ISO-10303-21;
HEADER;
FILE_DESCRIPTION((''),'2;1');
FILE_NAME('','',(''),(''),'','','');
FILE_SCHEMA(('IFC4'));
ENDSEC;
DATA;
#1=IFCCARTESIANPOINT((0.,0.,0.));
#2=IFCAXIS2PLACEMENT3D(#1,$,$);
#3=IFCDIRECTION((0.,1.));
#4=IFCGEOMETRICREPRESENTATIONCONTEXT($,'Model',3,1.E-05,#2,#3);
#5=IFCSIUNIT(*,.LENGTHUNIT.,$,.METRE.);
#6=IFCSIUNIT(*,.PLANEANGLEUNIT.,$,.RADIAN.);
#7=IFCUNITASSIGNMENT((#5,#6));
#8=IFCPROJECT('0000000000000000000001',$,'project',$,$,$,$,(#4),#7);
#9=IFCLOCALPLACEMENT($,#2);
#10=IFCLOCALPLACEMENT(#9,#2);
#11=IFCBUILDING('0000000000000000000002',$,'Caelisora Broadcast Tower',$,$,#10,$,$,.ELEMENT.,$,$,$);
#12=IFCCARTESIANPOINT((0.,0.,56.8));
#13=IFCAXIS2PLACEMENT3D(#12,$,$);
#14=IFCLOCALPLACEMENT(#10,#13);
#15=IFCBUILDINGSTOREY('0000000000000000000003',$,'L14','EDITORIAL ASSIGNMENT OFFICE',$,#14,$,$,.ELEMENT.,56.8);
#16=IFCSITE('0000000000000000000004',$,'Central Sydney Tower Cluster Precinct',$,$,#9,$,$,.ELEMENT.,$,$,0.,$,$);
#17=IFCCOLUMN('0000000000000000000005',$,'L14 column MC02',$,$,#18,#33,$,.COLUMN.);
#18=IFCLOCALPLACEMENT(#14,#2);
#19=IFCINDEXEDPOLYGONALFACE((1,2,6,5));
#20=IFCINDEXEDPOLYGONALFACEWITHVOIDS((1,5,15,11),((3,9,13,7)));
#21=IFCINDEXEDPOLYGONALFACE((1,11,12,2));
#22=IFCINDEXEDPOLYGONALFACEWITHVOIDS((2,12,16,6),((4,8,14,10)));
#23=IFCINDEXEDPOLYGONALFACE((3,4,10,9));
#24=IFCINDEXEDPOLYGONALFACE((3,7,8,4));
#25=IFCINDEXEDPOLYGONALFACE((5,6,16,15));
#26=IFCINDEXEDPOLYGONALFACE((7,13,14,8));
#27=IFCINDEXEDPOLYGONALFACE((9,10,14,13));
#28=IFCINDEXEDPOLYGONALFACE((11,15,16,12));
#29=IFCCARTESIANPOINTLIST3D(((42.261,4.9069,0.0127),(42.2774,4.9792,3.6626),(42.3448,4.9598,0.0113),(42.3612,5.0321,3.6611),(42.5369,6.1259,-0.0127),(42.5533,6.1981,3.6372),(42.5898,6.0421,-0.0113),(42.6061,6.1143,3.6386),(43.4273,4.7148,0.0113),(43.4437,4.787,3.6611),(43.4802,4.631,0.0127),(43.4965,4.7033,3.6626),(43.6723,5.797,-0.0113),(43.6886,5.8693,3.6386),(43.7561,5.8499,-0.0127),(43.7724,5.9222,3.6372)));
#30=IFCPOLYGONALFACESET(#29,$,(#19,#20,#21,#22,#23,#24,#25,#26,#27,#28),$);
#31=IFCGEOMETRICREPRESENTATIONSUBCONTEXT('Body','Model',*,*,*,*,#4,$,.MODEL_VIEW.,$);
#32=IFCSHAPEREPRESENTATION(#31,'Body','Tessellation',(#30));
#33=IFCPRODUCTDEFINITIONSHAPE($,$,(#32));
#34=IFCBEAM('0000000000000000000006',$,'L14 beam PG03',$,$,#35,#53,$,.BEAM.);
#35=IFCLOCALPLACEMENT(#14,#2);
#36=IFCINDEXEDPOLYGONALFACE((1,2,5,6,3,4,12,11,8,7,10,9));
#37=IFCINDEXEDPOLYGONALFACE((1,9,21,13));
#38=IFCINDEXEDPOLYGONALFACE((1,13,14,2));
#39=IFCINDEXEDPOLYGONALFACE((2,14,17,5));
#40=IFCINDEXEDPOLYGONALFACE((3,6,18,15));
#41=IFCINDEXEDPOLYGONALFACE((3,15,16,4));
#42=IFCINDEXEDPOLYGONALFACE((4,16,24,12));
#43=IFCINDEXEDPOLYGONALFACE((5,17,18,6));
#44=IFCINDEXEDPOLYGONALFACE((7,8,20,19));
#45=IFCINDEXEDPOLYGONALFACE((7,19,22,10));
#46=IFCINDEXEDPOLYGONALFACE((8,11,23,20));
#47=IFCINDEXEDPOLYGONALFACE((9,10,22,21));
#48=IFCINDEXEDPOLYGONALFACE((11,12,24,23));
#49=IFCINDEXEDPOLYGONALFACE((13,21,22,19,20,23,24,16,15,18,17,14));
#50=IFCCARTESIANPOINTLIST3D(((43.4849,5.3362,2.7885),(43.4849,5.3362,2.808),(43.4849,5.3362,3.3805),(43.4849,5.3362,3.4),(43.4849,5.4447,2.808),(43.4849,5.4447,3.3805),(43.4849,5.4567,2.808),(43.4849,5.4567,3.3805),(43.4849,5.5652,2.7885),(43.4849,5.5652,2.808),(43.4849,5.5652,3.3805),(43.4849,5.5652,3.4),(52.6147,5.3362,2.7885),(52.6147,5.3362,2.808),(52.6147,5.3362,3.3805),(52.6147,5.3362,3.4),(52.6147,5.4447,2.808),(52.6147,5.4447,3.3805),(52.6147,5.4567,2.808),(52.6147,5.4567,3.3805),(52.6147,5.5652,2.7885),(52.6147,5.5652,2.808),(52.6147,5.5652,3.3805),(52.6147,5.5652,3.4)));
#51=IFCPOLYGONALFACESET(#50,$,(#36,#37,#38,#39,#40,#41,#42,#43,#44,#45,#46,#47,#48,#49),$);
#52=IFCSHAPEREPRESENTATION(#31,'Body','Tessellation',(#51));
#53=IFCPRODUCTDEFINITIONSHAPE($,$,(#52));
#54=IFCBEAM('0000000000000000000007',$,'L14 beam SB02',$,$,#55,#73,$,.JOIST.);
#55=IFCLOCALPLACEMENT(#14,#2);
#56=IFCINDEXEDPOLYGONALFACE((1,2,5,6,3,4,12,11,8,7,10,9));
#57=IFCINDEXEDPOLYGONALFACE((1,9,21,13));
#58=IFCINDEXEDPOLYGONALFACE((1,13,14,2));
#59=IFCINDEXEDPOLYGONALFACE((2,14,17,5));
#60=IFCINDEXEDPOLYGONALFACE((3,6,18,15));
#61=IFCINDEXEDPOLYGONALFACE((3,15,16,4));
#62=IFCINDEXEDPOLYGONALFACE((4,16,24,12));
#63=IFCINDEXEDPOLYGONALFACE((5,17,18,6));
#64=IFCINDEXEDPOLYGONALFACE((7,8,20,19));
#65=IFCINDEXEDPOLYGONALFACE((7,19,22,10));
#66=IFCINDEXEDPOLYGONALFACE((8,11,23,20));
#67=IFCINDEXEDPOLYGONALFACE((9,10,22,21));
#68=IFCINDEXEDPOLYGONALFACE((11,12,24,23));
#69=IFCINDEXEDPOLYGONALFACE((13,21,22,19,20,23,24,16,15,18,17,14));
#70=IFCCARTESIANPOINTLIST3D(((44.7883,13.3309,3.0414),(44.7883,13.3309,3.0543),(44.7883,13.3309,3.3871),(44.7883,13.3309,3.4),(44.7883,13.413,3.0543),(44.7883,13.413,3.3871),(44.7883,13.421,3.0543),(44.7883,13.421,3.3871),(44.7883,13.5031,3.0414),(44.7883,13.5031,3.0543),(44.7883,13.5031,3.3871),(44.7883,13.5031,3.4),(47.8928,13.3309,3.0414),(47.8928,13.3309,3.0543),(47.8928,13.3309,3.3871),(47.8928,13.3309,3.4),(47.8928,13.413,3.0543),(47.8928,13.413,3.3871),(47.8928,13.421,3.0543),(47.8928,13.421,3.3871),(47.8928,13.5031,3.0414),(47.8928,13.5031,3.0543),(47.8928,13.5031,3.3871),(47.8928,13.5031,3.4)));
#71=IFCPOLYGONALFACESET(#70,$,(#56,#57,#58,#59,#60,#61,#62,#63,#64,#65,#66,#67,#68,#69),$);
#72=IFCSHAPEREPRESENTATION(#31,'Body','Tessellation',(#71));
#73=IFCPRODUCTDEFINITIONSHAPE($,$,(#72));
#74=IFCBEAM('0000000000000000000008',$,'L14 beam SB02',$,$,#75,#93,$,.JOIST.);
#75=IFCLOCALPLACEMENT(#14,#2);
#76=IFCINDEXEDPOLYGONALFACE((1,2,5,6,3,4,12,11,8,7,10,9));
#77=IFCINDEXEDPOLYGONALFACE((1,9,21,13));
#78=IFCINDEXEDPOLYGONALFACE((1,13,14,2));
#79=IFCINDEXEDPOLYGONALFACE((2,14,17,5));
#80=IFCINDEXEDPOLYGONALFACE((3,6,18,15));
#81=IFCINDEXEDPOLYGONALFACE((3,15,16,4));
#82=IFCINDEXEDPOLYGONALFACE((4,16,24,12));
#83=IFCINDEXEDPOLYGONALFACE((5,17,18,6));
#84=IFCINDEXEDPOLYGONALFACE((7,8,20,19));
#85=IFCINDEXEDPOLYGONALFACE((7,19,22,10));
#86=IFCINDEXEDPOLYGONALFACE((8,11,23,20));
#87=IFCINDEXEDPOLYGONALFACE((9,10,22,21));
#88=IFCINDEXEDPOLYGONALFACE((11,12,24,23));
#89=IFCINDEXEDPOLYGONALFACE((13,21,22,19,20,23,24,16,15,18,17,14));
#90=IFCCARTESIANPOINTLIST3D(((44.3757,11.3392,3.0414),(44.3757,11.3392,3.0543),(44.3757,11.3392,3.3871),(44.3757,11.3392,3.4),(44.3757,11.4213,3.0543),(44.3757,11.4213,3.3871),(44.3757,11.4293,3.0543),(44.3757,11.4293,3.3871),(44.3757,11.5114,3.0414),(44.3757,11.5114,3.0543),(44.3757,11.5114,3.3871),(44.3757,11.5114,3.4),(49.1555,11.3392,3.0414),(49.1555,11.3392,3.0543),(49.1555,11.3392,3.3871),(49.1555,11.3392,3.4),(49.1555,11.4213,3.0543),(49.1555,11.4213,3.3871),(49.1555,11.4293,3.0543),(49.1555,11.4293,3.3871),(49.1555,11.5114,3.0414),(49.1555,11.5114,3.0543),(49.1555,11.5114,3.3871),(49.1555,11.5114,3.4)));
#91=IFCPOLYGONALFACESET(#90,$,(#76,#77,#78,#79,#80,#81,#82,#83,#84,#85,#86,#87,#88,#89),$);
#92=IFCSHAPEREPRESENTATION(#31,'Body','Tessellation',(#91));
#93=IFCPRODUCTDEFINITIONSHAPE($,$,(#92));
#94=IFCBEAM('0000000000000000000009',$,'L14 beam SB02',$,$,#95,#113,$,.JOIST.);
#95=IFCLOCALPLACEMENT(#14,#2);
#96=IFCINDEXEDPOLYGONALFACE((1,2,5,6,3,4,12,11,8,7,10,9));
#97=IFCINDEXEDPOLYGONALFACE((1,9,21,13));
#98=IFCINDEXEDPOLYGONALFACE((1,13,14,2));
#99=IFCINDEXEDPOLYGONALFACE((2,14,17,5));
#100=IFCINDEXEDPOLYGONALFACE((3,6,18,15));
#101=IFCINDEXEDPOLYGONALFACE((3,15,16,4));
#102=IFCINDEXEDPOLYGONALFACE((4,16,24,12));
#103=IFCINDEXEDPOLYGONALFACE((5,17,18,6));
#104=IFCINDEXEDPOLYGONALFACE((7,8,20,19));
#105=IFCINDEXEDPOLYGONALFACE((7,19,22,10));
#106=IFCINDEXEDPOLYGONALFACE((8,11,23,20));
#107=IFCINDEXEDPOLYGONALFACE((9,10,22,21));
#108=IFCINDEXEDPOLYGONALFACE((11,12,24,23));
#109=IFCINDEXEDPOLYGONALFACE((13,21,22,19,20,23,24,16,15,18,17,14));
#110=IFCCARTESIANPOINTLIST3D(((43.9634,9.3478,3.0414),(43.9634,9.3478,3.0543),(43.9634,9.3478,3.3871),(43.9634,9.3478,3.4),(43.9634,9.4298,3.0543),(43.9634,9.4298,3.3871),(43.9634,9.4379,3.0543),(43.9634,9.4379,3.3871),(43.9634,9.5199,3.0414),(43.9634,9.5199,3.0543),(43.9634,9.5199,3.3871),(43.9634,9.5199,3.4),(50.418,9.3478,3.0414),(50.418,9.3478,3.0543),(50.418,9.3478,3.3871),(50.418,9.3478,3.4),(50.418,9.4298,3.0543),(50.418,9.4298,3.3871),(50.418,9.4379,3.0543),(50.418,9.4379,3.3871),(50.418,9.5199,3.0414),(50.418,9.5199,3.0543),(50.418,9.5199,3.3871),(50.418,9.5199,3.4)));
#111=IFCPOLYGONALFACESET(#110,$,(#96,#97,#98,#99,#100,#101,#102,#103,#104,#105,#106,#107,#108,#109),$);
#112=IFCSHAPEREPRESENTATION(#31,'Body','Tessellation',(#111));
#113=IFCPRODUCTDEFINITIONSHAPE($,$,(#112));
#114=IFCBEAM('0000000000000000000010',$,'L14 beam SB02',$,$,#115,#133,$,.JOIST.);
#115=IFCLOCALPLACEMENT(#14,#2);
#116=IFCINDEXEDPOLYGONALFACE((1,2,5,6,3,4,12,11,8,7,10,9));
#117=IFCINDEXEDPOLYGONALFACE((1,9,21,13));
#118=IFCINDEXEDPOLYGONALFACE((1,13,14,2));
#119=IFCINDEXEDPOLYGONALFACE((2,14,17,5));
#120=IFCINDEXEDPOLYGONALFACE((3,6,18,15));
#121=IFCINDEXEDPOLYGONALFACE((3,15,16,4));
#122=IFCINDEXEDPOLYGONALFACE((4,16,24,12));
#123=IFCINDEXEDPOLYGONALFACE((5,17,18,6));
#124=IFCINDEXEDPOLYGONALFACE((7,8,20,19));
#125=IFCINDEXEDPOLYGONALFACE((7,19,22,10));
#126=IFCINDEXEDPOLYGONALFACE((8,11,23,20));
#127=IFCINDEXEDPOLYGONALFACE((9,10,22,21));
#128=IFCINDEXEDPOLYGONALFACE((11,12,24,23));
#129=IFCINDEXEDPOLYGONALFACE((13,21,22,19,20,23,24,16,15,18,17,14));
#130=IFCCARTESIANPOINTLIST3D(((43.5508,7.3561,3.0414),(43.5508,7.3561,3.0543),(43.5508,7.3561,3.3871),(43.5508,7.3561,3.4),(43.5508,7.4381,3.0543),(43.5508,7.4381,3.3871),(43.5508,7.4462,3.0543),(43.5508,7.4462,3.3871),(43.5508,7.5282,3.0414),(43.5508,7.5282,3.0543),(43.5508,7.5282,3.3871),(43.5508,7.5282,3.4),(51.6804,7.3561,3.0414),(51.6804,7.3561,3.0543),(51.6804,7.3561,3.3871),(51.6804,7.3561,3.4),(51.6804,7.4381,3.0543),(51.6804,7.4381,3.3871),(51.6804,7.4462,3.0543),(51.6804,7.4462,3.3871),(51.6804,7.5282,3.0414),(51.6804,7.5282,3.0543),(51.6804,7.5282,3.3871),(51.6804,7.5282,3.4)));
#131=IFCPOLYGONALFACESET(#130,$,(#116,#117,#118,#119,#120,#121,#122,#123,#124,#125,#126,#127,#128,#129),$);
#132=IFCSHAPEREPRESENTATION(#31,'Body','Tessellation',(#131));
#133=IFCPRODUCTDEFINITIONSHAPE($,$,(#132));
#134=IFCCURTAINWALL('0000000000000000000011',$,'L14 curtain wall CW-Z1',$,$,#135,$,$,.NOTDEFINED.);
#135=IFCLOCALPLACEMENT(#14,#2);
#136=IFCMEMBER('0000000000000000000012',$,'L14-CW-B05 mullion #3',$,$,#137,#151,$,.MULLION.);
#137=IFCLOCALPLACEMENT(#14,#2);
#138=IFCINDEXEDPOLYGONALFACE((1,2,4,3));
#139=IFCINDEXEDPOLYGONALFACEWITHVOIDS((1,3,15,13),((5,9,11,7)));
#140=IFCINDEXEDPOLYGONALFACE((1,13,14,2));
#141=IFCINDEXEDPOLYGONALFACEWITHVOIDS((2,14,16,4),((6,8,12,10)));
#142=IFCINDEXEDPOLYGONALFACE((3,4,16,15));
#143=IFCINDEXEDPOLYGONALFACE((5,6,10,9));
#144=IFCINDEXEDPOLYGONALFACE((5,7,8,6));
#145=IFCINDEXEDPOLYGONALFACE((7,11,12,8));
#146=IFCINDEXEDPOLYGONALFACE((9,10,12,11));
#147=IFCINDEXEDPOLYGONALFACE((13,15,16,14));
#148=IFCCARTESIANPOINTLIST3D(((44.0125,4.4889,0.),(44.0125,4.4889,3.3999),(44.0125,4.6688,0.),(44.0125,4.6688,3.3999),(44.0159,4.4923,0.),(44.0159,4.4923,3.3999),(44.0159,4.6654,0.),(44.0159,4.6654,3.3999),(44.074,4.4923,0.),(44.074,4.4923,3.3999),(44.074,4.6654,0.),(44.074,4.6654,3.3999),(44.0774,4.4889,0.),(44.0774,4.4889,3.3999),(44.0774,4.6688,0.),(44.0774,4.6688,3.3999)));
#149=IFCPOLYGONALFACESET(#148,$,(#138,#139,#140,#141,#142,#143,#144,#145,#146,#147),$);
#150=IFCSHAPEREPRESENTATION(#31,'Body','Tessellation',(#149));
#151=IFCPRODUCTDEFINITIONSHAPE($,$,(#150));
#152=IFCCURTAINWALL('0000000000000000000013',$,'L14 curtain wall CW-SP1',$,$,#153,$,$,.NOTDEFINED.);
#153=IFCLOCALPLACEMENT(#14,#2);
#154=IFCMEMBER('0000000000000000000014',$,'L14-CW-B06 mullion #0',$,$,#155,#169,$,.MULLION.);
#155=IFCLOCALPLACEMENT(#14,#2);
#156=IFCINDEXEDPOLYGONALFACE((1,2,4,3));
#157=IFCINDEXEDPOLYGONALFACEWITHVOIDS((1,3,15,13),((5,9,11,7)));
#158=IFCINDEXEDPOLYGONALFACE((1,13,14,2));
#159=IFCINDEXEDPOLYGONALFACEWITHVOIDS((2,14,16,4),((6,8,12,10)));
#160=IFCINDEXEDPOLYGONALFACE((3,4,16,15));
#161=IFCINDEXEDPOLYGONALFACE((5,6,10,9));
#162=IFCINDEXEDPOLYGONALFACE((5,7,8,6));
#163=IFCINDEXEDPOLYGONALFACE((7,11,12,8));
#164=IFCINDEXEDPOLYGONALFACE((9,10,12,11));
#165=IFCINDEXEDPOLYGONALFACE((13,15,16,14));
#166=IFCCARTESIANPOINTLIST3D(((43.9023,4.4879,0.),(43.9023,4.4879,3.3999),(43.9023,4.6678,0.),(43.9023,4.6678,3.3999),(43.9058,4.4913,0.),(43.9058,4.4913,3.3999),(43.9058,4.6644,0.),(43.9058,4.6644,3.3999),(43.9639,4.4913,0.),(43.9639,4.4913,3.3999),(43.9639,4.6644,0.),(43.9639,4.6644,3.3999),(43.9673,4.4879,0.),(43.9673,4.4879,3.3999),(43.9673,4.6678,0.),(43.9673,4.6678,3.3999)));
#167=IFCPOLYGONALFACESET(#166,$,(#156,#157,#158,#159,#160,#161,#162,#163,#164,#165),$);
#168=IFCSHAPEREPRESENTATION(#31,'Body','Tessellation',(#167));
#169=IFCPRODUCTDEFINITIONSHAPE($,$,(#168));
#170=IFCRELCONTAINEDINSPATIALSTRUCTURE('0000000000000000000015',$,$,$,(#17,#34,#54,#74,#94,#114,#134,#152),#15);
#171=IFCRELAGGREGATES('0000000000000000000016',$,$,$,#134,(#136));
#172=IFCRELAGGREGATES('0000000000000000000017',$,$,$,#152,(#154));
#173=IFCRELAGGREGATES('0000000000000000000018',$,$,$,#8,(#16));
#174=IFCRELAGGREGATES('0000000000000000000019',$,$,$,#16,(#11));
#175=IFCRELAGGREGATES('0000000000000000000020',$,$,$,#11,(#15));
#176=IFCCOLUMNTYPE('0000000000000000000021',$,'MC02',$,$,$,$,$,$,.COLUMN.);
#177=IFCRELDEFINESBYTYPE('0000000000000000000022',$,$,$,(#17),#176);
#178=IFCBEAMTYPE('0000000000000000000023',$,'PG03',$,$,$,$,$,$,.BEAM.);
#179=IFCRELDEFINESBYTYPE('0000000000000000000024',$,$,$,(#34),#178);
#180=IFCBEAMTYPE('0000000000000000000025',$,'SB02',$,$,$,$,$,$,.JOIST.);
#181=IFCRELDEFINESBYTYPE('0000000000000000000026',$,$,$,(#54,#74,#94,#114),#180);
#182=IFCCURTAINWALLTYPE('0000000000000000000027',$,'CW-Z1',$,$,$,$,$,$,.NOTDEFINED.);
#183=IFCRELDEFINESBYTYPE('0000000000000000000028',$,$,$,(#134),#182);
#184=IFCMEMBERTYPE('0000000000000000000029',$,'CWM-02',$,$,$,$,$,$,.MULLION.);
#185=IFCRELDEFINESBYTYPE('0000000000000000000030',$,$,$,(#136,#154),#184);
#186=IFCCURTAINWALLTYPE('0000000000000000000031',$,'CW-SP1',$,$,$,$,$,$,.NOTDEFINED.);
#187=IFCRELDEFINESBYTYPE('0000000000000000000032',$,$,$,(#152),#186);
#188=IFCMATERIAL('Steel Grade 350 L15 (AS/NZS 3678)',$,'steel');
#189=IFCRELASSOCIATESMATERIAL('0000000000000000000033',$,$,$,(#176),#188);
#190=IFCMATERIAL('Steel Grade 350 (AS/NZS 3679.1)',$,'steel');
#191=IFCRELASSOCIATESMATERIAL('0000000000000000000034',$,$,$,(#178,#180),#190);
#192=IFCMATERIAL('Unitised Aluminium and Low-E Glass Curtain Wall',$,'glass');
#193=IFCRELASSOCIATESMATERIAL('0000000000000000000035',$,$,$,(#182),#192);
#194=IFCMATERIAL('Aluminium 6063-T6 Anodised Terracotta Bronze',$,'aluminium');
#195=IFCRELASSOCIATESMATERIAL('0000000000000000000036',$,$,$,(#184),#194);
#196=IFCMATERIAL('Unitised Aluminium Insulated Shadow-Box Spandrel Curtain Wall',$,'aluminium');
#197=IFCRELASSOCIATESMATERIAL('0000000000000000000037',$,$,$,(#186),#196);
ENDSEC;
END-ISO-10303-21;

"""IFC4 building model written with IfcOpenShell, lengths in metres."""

from ifc_helpers import new_model, si_unit, direction, frame, origin, origin_2d, place, context, subcontext, project, spatial, hollow_rectangle, i_section, extrude, source, transform, mapped, material, material_profile, profile_set, type_object, type_shapes, element, aggregate, save


model = new_model("IFC4")

# Units and contexts
model_context = context("Model", 3, precision=1e-05, world=origin(), true_north=direction((0.0, 1.0)))
body_context = subcontext(model_context, "Body", "Model", "MODEL_VIEW")
ifc_project = project(units=[si_unit("LENGTHUNIT", "METRE"), si_unit("PLANEANGLEUNIT", "RADIAN")], contexts=[model_context])

# Site, building, storey
site_placement = place(None, origin())
site = spatial("IfcSite", under=ifc_project, at=site_placement, Name="Central Sydney Tower Cluster Precinct", CompositionType="ELEMENT", RefElevation=0.0)
building_placement = place(site_placement, origin())
building = spatial("IfcBuilding", under=site, at=building_placement, Name="Caelisora Broadcast Tower", CompositionType="ELEMENT")
storey_placement = place(building_placement, frame((0.0, 0.0, 56.8)))
storey = spatial("IfcBuildingStorey", under=building, at=storey_placement, Name="L14", Description="EDITORIAL ASSIGNMENT OFFICE", CompositionType="ELEMENT", Elevation=56.8)

# Column
ifc_material_1 = material(Name="Steel Grade 350 L15 (AS/NZS 3678)", Category="steel")
ifc_material_profile_1 = material_profile(ifc_material_1, hollow_rectangle(XDim=1.25, YDim=1.25, WallThickness=0.0701, at=origin_2d()), Name="Steel Grade 350 L15 (AS/NZS 3678)")
ifc_profile_set_1 = profile_set([ifc_material_profile_1], Name="Steel Grade 350 L15 (AS/NZS 3678)")
column_type = type_object("IfcColumnType", Name="MC02", PredefinedType="COLUMN", material=ifc_profile_set_1)
shared_shape_1 = source(origin(), body_context, "Body", "SweptSolid", [
    extrude(hollow_rectangle(XDim=1.25, YDim=1.25, WallThickness=0.0701, at=origin_2d()), origin(), (0.0, 0.0, 1.0), 3.6506),
])
type_shapes(column_type, [shared_shape_1])
column_placement = place(storey_placement, frame((43.0085, 5.3784, 0.0), z_axis=(0.004481, 0.019795, 0.999794), x_axis=(-0.975327, 0.220767, 0.0)))
element("IfcColumn", 1, at=column_placement, inside=storey, type_object=column_type, Name="L14 column MC02", PredefinedType="COLUMN", context=body_context, shape_type="MappedRepresentation", body=[
    mapped(shared_shape_1, transform((0.0, 0.0, 0.0), scale=1.0)),
])

# Beams
ifc_material_2 = material(Name="Steel Grade 350 (AS/NZS 3679.1)", Category="steel")
ifc_material_profile_2 = material_profile(ifc_material_2, i_section(OverallWidth=0.229, OverallDepth=0.6116, WebThickness=0.012, FlangeThickness=0.0195, at=origin_2d()), Name="Steel Grade 350 (AS/NZS 3679.1)")
ifc_profile_set_2 = profile_set([ifc_material_profile_2], Name="Steel Grade 350 (AS/NZS 3679.1)")
beam_type_1 = type_object("IfcBeamType", Name="PG03", PredefinedType="BEAM", material=ifc_profile_set_2)
shared_shape_2 = source(origin(), body_context, "Body", "SweptSolid", [
    extrude(i_section(OverallWidth=0.229, OverallDepth=0.6116, WebThickness=0.012, FlangeThickness=0.0195, at=origin_2d()), origin(), (0.0, 0.0, 1.0), 9.1299),
])
type_shapes(beam_type_1, [shared_shape_2])
beam_1_placement = place(storey_placement, frame((43.4849, 5.4507, 3.0942), z_axis=(1.0, 0.0, 0.0), x_axis=(0.0, 1.0, 0.0)))
element("IfcBeam", 2, at=beam_1_placement, inside=storey, type_object=beam_type_1, Name="L14 beam PG03", PredefinedType="BEAM", context=body_context, shape_type="MappedRepresentation", body=[
    mapped(shared_shape_2, transform((0.0, 0.0, 0.0), scale=1.0)),
])
ifc_material_profile_3 = material_profile(ifc_material_2, i_section(OverallWidth=0.1721, OverallDepth=0.3586, WebThickness=0.0081, FlangeThickness=0.0129, at=origin_2d()), Name="Steel Grade 350 (AS/NZS 3679.1)")
ifc_profile_set_3 = profile_set([ifc_material_profile_3], Name="Steel Grade 350 (AS/NZS 3679.1)")
beam_type_2 = type_object("IfcBeamType", Name="SB02", PredefinedType="JOIST", material=ifc_profile_set_3)
shared_shape_3 = source(origin(), body_context, "Body", "SweptSolid", [
    extrude(i_section(OverallWidth=0.1721, OverallDepth=0.3586, WebThickness=0.0081, FlangeThickness=0.0129, at=origin_2d()), origin(), (0.0, 0.0, 1.0), 3.1045),
])
beam_2_placement = place(storey_placement, frame((44.7883, 13.417, 3.2207), z_axis=(1.0, 0.0, 0.0), x_axis=(0.0, 1.0, 0.0)))
element("IfcBeam", 3, at=beam_2_placement, inside=storey, type_object=beam_type_2, Name="L14 beam SB02", PredefinedType="JOIST", context=body_context, shape_type="MappedRepresentation", body=[
    mapped(shared_shape_3, transform((0.0, 0.0, 0.0), scale=1.0)),
])
shared_shape_4 = source(origin(), body_context, "Body", "SweptSolid", [
    extrude(i_section(OverallWidth=0.1721, OverallDepth=0.3586, WebThickness=0.0081, FlangeThickness=0.0129, at=origin_2d()), origin(), (0.0, 0.0, 1.0), 4.7798),
])
beam_3_placement = place(storey_placement, frame((44.3757, 11.4253, 3.2207), z_axis=(1.0, 0.0, 0.0), x_axis=(0.0, 1.0, 0.0)))
element("IfcBeam", 4, at=beam_3_placement, inside=storey, type_object=beam_type_2, Name="L14 beam SB02", PredefinedType="JOIST", context=body_context, shape_type="MappedRepresentation", body=[
    mapped(shared_shape_4, transform((0.0, 0.0, 0.0), scale=1.0)),
])
shared_shape_5 = source(origin(), body_context, "Body", "SweptSolid", [
    extrude(i_section(OverallWidth=0.1721, OverallDepth=0.3586, WebThickness=0.0081, FlangeThickness=0.0129, at=origin_2d()), origin(), (0.0, 0.0, 1.0), 6.4546),
])
beam_4_placement = place(storey_placement, frame((43.9634, 9.4338, 3.2207), z_axis=(1.0, 0.0, 0.0), x_axis=(0.0, 1.0, 0.0)))
element("IfcBeam", 5, at=beam_4_placement, inside=storey, type_object=beam_type_2, Name="L14 beam SB02", PredefinedType="JOIST", context=body_context, shape_type="MappedRepresentation", body=[
    mapped(shared_shape_5, transform((0.0, 0.0, 0.0), scale=1.0)),
])
shared_shape_6 = source(origin(), body_context, "Body", "SweptSolid", [
    extrude(i_section(OverallWidth=0.1721, OverallDepth=0.3586, WebThickness=0.0081, FlangeThickness=0.0129, at=origin_2d()), origin(), (0.0, 0.0, 1.0), 8.1296),
])
type_shapes(beam_type_2, [shared_shape_3, shared_shape_4, shared_shape_5, shared_shape_6])
beam_5_placement = place(storey_placement, frame((43.5508, 7.4421, 3.2207), z_axis=(1.0, 0.0, 0.0), x_axis=(0.0, 1.0, 0.0)))
element("IfcBeam", 6, at=beam_5_placement, inside=storey, type_object=beam_type_2, Name="L14 beam SB02", PredefinedType="JOIST", context=body_context, shape_type="MappedRepresentation", body=[
    mapped(shared_shape_6, transform((0.0, 0.0, 0.0), scale=1.0)),
])

# Curtain wall, member
ifc_material_3 = material(Name="Unitised Aluminium and Low-E Glass Curtain Wall", Category="glass")
curtain_wall_type_1 = type_object("IfcCurtainWallType", Name="CW-Z1", PredefinedType="NOTDEFINED", material=ifc_material_3)
curtain_wall_1_placement = place(storey_placement, origin())
curtain_wall_1 = element("IfcCurtainWall", 7, at=curtain_wall_1_placement, inside=storey, type_object=curtain_wall_type_1, Name="L14 curtain wall CW-Z1", PredefinedType="NOTDEFINED")
ifc_material_4 = material(Name="Aluminium 6063-T6 Anodised Terracotta Bronze", Category="aluminium")
ifc_material_profile_4 = material_profile(ifc_material_4, hollow_rectangle(XDim=0.0649, YDim=0.1799, WallThickness=0.0034, at=origin_2d()), Name="Aluminium 6063-T6 Anodised Terracotta Bronze")
ifc_profile_set_4 = profile_set([ifc_material_profile_4], Name="Aluminium 6063-T6 Anodised Terracotta Bronze")
member_type_1 = type_object("IfcMemberType", Name="CWM-02", PredefinedType="MULLION", material=ifc_profile_set_4)
shared_shape_7 = source(origin(), body_context, "Body", "SweptSolid", [
    extrude(hollow_rectangle(XDim=0.0649, YDim=0.1799, WallThickness=0.0034, at=origin_2d()), origin(), (0.0, 0.0, 1.0), 3.3999),
])
type_shapes(member_type_1, [shared_shape_7])
member_1_placement = place(storey_placement, frame((44.0449, 4.5789, 0.0), z_axis=(0.0, 0.0, 1.0), x_axis=(1.0, 0.0, 0.0)))
member_1 = element("IfcMember", 8, at=member_1_placement, type_object=member_type_1, Name="L14-CW-B05 mullion #3", PredefinedType="MULLION", context=body_context, shape_type="MappedRepresentation", body=[
    mapped(shared_shape_7, transform((0.0, 0.0, 0.0), scale=1.0)),
])
aggregate(curtain_wall_1, [member_1])

# Curtain wall, member
ifc_material_5 = material(Name="Unitised Aluminium Insulated Shadow-Box Spandrel Curtain Wall", Category="aluminium")
curtain_wall_type_2 = type_object("IfcCurtainWallType", Name="CW-SP1", PredefinedType="NOTDEFINED", material=ifc_material_5)
curtain_wall_2_placement = place(storey_placement, origin())
curtain_wall_2 = element("IfcCurtainWall", 9, at=curtain_wall_2_placement, inside=storey, type_object=curtain_wall_type_2, Name="L14 curtain wall CW-SP1", PredefinedType="NOTDEFINED")
member_2_placement = place(storey_placement, frame((43.9348, 4.5779, 0.0), z_axis=(0.0, 0.0, 1.0), x_axis=(1.0, 0.0, 0.0)))
member_2 = element("IfcMember", 10, at=member_2_placement, type_object=member_type_1, Name="L14-CW-B06 mullion #0", PredefinedType="MULLION", context=body_context, shape_type="MappedRepresentation", body=[
    mapped(shared_shape_7, transform((0.0, 0.0, 0.0), scale=1.0)),
])

aggregate(curtain_wall_2, [member_2])

save(model, "model.ifc")
